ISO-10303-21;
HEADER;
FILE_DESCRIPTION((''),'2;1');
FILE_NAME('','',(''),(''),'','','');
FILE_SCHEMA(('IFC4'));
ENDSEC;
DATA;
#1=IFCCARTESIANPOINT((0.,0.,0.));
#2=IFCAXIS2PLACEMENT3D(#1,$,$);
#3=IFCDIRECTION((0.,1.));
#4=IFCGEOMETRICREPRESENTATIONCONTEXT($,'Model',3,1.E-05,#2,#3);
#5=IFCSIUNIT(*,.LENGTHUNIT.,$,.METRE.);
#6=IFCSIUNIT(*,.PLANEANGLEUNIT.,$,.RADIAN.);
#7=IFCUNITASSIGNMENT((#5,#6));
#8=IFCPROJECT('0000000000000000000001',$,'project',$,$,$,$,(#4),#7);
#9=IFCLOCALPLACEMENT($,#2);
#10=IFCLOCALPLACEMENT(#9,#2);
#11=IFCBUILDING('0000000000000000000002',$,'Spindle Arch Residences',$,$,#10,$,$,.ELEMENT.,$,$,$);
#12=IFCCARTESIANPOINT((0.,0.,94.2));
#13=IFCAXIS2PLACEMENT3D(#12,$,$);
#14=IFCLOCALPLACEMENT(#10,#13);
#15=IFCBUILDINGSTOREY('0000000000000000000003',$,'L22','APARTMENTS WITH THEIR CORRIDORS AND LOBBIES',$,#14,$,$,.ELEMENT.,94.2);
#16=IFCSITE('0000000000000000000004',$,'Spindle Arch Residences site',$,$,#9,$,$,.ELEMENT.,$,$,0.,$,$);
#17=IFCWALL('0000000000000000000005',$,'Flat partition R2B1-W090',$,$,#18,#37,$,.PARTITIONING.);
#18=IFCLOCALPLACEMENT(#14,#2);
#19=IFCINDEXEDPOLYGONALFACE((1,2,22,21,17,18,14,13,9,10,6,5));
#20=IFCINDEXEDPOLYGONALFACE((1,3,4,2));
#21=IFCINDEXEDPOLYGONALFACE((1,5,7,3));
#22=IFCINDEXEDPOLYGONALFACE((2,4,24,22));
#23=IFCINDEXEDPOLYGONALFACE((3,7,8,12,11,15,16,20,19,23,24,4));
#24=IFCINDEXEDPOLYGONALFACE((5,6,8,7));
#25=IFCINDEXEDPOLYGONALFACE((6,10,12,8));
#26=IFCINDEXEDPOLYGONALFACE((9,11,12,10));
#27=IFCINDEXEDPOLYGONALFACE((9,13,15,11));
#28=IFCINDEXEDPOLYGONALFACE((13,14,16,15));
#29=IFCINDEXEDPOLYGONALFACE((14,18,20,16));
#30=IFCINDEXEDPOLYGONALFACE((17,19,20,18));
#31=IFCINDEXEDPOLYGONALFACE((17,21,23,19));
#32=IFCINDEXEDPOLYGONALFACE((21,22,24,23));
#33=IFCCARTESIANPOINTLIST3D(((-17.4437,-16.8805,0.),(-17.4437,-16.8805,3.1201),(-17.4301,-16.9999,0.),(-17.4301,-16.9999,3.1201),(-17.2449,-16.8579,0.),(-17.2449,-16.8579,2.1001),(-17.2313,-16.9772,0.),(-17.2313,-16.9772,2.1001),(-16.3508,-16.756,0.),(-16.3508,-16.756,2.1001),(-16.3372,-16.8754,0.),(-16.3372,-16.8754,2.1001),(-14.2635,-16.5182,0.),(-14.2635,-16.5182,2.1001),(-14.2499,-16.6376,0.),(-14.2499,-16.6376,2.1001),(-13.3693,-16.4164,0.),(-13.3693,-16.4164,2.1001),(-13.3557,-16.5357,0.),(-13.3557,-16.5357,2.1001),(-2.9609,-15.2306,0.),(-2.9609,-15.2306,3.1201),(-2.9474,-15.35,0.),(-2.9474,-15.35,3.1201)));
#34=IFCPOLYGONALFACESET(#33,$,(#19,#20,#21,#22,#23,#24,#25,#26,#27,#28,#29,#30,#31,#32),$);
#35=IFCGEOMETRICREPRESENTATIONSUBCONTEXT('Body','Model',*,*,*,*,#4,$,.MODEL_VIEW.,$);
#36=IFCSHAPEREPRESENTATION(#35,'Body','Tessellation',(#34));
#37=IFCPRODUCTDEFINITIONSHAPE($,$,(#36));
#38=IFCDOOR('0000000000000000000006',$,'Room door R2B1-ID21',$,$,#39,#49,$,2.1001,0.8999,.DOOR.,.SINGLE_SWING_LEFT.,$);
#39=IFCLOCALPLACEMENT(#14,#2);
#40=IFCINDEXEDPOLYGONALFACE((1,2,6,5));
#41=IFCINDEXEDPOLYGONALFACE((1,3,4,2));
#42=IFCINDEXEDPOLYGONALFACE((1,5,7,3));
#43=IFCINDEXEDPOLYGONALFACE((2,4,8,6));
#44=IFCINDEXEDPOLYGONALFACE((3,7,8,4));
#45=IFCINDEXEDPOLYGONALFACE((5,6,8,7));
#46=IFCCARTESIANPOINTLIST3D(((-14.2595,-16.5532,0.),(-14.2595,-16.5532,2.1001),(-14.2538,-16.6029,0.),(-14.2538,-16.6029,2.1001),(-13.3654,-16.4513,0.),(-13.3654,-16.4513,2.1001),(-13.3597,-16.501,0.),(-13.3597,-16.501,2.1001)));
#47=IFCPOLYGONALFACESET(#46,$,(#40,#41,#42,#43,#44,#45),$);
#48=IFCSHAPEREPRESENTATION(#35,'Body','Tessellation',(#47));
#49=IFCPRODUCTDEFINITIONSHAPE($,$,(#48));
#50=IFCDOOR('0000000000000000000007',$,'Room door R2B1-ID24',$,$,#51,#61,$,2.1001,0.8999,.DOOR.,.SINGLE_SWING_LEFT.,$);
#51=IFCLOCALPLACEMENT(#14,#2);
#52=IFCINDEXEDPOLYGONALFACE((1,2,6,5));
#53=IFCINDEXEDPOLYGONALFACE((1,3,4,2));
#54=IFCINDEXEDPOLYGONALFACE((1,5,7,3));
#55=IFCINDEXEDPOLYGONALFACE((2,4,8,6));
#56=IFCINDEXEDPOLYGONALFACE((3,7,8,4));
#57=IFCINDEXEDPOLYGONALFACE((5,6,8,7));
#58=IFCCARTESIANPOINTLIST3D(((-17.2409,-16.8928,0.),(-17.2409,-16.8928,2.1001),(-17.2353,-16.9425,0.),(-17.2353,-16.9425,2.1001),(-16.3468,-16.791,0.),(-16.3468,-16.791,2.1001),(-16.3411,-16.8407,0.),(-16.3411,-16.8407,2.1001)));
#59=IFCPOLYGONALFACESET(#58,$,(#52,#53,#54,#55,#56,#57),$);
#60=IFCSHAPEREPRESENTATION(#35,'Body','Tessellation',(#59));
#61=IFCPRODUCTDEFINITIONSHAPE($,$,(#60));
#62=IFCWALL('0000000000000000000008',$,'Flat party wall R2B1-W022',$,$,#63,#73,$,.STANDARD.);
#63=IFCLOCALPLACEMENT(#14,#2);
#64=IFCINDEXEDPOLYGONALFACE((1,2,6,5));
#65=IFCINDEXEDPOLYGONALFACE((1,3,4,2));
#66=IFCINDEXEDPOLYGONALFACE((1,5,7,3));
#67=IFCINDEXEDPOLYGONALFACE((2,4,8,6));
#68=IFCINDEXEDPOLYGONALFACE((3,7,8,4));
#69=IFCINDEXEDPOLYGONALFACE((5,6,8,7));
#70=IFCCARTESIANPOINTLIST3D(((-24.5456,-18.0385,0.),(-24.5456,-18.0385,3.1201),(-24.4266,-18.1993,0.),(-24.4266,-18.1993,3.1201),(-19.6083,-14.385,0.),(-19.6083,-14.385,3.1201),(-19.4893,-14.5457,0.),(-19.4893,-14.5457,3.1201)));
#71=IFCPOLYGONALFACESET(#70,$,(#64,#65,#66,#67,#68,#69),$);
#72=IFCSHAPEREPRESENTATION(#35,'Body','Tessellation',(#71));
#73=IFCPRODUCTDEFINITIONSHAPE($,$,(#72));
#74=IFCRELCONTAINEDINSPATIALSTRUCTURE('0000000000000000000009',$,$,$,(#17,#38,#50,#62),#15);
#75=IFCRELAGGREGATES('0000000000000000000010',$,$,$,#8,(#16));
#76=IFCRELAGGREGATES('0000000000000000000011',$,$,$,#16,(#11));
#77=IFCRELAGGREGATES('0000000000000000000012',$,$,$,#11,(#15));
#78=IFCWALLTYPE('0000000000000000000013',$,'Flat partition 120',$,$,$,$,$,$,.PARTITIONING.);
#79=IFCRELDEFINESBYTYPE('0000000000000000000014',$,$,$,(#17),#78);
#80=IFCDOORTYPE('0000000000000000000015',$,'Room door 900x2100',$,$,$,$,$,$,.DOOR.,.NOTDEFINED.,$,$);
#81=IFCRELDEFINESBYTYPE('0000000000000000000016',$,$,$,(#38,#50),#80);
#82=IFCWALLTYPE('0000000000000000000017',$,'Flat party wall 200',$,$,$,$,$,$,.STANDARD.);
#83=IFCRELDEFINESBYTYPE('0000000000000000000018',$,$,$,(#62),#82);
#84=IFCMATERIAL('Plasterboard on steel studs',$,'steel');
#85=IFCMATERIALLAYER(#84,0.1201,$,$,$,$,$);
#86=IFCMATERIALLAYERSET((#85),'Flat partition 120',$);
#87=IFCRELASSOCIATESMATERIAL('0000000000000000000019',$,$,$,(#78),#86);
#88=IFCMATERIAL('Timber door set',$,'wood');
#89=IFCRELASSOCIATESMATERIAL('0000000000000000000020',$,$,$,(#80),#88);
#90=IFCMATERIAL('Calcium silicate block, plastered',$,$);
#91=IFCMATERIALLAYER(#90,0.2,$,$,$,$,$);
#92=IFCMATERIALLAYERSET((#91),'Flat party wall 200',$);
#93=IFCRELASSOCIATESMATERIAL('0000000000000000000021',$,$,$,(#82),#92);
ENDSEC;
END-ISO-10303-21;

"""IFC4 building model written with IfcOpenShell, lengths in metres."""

from ifc_helpers import new_model, si_unit, direction, frame, frame_2d, origin, place, context, subcontext, project, spatial, rectangle, extrude, material, layer, layer_set, type_object, element, fill, save


model = new_model("IFC4")

# Units and contexts
model_context = context("Model", 3, precision=1e-05, world=origin(), true_north=direction((0.0, 1.0)))
body_context = subcontext(model_context, "Body", "Model", "MODEL_VIEW")
ifc_project = project(units=[si_unit("LENGTHUNIT", "METRE"), si_unit("PLANEANGLEUNIT", "RADIAN")], contexts=[model_context])

# Site, building, storey
site_placement = place(None, origin())
site = spatial("IfcSite", under=ifc_project, at=site_placement, Name="Spindle Arch Residences site", CompositionType="ELEMENT", RefElevation=0.0)
building_placement = place(site_placement, origin())
building = spatial("IfcBuilding", under=site, at=building_placement, Name="Spindle Arch Residences", CompositionType="ELEMENT")
storey_placement = place(building_placement, frame((0.0, 0.0, 94.2)))
storey = spatial("IfcBuildingStorey", under=building, at=storey_placement, Name="L22", Description="APARTMENTS WITH THEIR CORRIDORS AND LOBBIES", CompositionType="ELEMENT", Elevation=94.2)

# Shared definitions
ifc_material_1 = material(Name="Plasterboard on steel studs", Category="steel")
ifc_layer_1 = layer(ifc_material_1, 0.1201)
ifc_layer_set_1 = layer_set([ifc_layer_1], Name="Flat partition 120")
wall_type_1 = type_object("IfcWallType", Name="Flat partition 120", PredefinedType="PARTITIONING", material=ifc_layer_set_1)

# Shared definitions
ifc_material_2 = material(Name="Timber door set", Category="wood")
door_type = type_object("IfcDoorType", Name="Room door 900x2100", OperationType="NOTDEFINED", PredefinedType="DOOR", material=ifc_material_2)

# Wall, openings, doors
wall_1_placement = place(storey_placement, frame((-17.4368, -16.9402, 0.0), z_axis=(0.0, 0.0, 1.0), x_axis=(0.993573, 0.11319, 0.0)))
wall_1 = element("IfcWall", 1, at=wall_1_placement, inside=storey, type_object=wall_type_1, Name="Flat partition R2B1-W090", PredefinedType="PARTITIONING", context=body_context, shape_type="SweptSolid", body=[
    extrude(rectangle(XDim=14.5764, YDim=0.1201, at=frame_2d((7.2881, 0.0))), origin(), (0.0, 0.0, 1.0), 3.1201),
])
opening_1_placement = place(wall_1_placement, frame((3.2007, 0.0, 0.0)))
opening_1 = element("IfcOpeningElement", 2, at=opening_1_placement, cuts=wall_1, PredefinedType="OPENING", context=body_context, shape_type="SweptSolid", body=[
    extrude(rectangle(XDim=0.8999, YDim=2.1001, at=frame_2d((0.45, 1.05))), frame((0.0, 0.0701, 0.0), z_axis=(0.0, -1.0, 0.0), x_axis=(1.0, 0.0, 0.0)), (0.0, 0.0, 1.0), 0.1401),
])
opening_2_placement = place(wall_1_placement, frame((0.2, 0.0, 0.0)))
opening_2 = element("IfcOpeningElement", 3, at=opening_2_placement, cuts=wall_1, PredefinedType="OPENING", context=body_context, shape_type="SweptSolid", body=[
    extrude(rectangle(XDim=0.8999, YDim=2.1001, at=frame_2d((0.45, 1.05))), frame((0.0, 0.0701, 0.0), z_axis=(0.0, -1.0, 0.0), x_axis=(1.0, 0.0, 0.0)), (0.0, 0.0, 1.0), 0.1401),
])
door_1_placement = place(opening_1_placement, origin())
door_1 = element("IfcDoor", 4, at=door_1_placement, inside=storey, type_object=door_type, Name="Room door R2B1-ID21", OperationType="SINGLE_SWING_LEFT", OverallHeight=2.1001, OverallWidth=0.8999, PredefinedType="DOOR", context=body_context, shape_type="SweptSolid", body=[
    extrude(rectangle(XDim=0.8999, YDim=2.1001, at=frame_2d((0.45, 1.05))), frame((0.0, 0.0249, 0.0), z_axis=(0.0, -1.0, 0.0), x_axis=(1.0, 0.0, 0.0)), (0.0, 0.0, 1.0), 0.05),
])
fill(opening_1, door_1)
door_2_placement = place(opening_2_placement, origin())
door_2 = element("IfcDoor", 5, at=door_2_placement, inside=storey, type_object=door_type, Name="Room door R2B1-ID24", OperationType="SINGLE_SWING_LEFT", OverallHeight=2.1001, OverallWidth=0.8999, PredefinedType="DOOR", context=body_context, shape_type="SweptSolid", body=[
    extrude(rectangle(XDim=0.8999, YDim=2.1001, at=frame_2d((0.45, 1.05))), frame((0.0, 0.0249, 0.0), z_axis=(0.0, -1.0, 0.0), x_axis=(1.0, 0.0, 0.0)), (0.0, 0.0, 1.0), 0.05),
])
fill(opening_2, door_2)

# Wall
ifc_material_3 = material(Name="Calcium silicate block, plastered")
ifc_layer_2 = layer(ifc_material_3, 0.2)
ifc_layer_set_2 = layer_set([ifc_layer_2], Name="Flat party wall 200")
wall_type_2 = type_object("IfcWallType", Name="Flat party wall 200", PredefinedType="STANDARD", material=ifc_layer_set_2)
wall_2_placement = place(storey_placement, frame((-24.4861, -18.1189, 0.0), z_axis=(0.0, 0.0, 1.0), x_axis=(0.803842, 0.594842, 0.0)))
element("IfcWall", 6, at=wall_2_placement, inside=storey, type_object=wall_type_2, Name="Flat party wall R2B1-W022", PredefinedType="STANDARD", context=body_context, shape_type="SweptSolid", body=[
    extrude(rectangle(XDim=6.1421, YDim=0.2, at=frame_2d((3.071, 0.0))), origin(), (0.0, 0.0, 1.0), 3.1201),
])

save(model, "model.ifc")
